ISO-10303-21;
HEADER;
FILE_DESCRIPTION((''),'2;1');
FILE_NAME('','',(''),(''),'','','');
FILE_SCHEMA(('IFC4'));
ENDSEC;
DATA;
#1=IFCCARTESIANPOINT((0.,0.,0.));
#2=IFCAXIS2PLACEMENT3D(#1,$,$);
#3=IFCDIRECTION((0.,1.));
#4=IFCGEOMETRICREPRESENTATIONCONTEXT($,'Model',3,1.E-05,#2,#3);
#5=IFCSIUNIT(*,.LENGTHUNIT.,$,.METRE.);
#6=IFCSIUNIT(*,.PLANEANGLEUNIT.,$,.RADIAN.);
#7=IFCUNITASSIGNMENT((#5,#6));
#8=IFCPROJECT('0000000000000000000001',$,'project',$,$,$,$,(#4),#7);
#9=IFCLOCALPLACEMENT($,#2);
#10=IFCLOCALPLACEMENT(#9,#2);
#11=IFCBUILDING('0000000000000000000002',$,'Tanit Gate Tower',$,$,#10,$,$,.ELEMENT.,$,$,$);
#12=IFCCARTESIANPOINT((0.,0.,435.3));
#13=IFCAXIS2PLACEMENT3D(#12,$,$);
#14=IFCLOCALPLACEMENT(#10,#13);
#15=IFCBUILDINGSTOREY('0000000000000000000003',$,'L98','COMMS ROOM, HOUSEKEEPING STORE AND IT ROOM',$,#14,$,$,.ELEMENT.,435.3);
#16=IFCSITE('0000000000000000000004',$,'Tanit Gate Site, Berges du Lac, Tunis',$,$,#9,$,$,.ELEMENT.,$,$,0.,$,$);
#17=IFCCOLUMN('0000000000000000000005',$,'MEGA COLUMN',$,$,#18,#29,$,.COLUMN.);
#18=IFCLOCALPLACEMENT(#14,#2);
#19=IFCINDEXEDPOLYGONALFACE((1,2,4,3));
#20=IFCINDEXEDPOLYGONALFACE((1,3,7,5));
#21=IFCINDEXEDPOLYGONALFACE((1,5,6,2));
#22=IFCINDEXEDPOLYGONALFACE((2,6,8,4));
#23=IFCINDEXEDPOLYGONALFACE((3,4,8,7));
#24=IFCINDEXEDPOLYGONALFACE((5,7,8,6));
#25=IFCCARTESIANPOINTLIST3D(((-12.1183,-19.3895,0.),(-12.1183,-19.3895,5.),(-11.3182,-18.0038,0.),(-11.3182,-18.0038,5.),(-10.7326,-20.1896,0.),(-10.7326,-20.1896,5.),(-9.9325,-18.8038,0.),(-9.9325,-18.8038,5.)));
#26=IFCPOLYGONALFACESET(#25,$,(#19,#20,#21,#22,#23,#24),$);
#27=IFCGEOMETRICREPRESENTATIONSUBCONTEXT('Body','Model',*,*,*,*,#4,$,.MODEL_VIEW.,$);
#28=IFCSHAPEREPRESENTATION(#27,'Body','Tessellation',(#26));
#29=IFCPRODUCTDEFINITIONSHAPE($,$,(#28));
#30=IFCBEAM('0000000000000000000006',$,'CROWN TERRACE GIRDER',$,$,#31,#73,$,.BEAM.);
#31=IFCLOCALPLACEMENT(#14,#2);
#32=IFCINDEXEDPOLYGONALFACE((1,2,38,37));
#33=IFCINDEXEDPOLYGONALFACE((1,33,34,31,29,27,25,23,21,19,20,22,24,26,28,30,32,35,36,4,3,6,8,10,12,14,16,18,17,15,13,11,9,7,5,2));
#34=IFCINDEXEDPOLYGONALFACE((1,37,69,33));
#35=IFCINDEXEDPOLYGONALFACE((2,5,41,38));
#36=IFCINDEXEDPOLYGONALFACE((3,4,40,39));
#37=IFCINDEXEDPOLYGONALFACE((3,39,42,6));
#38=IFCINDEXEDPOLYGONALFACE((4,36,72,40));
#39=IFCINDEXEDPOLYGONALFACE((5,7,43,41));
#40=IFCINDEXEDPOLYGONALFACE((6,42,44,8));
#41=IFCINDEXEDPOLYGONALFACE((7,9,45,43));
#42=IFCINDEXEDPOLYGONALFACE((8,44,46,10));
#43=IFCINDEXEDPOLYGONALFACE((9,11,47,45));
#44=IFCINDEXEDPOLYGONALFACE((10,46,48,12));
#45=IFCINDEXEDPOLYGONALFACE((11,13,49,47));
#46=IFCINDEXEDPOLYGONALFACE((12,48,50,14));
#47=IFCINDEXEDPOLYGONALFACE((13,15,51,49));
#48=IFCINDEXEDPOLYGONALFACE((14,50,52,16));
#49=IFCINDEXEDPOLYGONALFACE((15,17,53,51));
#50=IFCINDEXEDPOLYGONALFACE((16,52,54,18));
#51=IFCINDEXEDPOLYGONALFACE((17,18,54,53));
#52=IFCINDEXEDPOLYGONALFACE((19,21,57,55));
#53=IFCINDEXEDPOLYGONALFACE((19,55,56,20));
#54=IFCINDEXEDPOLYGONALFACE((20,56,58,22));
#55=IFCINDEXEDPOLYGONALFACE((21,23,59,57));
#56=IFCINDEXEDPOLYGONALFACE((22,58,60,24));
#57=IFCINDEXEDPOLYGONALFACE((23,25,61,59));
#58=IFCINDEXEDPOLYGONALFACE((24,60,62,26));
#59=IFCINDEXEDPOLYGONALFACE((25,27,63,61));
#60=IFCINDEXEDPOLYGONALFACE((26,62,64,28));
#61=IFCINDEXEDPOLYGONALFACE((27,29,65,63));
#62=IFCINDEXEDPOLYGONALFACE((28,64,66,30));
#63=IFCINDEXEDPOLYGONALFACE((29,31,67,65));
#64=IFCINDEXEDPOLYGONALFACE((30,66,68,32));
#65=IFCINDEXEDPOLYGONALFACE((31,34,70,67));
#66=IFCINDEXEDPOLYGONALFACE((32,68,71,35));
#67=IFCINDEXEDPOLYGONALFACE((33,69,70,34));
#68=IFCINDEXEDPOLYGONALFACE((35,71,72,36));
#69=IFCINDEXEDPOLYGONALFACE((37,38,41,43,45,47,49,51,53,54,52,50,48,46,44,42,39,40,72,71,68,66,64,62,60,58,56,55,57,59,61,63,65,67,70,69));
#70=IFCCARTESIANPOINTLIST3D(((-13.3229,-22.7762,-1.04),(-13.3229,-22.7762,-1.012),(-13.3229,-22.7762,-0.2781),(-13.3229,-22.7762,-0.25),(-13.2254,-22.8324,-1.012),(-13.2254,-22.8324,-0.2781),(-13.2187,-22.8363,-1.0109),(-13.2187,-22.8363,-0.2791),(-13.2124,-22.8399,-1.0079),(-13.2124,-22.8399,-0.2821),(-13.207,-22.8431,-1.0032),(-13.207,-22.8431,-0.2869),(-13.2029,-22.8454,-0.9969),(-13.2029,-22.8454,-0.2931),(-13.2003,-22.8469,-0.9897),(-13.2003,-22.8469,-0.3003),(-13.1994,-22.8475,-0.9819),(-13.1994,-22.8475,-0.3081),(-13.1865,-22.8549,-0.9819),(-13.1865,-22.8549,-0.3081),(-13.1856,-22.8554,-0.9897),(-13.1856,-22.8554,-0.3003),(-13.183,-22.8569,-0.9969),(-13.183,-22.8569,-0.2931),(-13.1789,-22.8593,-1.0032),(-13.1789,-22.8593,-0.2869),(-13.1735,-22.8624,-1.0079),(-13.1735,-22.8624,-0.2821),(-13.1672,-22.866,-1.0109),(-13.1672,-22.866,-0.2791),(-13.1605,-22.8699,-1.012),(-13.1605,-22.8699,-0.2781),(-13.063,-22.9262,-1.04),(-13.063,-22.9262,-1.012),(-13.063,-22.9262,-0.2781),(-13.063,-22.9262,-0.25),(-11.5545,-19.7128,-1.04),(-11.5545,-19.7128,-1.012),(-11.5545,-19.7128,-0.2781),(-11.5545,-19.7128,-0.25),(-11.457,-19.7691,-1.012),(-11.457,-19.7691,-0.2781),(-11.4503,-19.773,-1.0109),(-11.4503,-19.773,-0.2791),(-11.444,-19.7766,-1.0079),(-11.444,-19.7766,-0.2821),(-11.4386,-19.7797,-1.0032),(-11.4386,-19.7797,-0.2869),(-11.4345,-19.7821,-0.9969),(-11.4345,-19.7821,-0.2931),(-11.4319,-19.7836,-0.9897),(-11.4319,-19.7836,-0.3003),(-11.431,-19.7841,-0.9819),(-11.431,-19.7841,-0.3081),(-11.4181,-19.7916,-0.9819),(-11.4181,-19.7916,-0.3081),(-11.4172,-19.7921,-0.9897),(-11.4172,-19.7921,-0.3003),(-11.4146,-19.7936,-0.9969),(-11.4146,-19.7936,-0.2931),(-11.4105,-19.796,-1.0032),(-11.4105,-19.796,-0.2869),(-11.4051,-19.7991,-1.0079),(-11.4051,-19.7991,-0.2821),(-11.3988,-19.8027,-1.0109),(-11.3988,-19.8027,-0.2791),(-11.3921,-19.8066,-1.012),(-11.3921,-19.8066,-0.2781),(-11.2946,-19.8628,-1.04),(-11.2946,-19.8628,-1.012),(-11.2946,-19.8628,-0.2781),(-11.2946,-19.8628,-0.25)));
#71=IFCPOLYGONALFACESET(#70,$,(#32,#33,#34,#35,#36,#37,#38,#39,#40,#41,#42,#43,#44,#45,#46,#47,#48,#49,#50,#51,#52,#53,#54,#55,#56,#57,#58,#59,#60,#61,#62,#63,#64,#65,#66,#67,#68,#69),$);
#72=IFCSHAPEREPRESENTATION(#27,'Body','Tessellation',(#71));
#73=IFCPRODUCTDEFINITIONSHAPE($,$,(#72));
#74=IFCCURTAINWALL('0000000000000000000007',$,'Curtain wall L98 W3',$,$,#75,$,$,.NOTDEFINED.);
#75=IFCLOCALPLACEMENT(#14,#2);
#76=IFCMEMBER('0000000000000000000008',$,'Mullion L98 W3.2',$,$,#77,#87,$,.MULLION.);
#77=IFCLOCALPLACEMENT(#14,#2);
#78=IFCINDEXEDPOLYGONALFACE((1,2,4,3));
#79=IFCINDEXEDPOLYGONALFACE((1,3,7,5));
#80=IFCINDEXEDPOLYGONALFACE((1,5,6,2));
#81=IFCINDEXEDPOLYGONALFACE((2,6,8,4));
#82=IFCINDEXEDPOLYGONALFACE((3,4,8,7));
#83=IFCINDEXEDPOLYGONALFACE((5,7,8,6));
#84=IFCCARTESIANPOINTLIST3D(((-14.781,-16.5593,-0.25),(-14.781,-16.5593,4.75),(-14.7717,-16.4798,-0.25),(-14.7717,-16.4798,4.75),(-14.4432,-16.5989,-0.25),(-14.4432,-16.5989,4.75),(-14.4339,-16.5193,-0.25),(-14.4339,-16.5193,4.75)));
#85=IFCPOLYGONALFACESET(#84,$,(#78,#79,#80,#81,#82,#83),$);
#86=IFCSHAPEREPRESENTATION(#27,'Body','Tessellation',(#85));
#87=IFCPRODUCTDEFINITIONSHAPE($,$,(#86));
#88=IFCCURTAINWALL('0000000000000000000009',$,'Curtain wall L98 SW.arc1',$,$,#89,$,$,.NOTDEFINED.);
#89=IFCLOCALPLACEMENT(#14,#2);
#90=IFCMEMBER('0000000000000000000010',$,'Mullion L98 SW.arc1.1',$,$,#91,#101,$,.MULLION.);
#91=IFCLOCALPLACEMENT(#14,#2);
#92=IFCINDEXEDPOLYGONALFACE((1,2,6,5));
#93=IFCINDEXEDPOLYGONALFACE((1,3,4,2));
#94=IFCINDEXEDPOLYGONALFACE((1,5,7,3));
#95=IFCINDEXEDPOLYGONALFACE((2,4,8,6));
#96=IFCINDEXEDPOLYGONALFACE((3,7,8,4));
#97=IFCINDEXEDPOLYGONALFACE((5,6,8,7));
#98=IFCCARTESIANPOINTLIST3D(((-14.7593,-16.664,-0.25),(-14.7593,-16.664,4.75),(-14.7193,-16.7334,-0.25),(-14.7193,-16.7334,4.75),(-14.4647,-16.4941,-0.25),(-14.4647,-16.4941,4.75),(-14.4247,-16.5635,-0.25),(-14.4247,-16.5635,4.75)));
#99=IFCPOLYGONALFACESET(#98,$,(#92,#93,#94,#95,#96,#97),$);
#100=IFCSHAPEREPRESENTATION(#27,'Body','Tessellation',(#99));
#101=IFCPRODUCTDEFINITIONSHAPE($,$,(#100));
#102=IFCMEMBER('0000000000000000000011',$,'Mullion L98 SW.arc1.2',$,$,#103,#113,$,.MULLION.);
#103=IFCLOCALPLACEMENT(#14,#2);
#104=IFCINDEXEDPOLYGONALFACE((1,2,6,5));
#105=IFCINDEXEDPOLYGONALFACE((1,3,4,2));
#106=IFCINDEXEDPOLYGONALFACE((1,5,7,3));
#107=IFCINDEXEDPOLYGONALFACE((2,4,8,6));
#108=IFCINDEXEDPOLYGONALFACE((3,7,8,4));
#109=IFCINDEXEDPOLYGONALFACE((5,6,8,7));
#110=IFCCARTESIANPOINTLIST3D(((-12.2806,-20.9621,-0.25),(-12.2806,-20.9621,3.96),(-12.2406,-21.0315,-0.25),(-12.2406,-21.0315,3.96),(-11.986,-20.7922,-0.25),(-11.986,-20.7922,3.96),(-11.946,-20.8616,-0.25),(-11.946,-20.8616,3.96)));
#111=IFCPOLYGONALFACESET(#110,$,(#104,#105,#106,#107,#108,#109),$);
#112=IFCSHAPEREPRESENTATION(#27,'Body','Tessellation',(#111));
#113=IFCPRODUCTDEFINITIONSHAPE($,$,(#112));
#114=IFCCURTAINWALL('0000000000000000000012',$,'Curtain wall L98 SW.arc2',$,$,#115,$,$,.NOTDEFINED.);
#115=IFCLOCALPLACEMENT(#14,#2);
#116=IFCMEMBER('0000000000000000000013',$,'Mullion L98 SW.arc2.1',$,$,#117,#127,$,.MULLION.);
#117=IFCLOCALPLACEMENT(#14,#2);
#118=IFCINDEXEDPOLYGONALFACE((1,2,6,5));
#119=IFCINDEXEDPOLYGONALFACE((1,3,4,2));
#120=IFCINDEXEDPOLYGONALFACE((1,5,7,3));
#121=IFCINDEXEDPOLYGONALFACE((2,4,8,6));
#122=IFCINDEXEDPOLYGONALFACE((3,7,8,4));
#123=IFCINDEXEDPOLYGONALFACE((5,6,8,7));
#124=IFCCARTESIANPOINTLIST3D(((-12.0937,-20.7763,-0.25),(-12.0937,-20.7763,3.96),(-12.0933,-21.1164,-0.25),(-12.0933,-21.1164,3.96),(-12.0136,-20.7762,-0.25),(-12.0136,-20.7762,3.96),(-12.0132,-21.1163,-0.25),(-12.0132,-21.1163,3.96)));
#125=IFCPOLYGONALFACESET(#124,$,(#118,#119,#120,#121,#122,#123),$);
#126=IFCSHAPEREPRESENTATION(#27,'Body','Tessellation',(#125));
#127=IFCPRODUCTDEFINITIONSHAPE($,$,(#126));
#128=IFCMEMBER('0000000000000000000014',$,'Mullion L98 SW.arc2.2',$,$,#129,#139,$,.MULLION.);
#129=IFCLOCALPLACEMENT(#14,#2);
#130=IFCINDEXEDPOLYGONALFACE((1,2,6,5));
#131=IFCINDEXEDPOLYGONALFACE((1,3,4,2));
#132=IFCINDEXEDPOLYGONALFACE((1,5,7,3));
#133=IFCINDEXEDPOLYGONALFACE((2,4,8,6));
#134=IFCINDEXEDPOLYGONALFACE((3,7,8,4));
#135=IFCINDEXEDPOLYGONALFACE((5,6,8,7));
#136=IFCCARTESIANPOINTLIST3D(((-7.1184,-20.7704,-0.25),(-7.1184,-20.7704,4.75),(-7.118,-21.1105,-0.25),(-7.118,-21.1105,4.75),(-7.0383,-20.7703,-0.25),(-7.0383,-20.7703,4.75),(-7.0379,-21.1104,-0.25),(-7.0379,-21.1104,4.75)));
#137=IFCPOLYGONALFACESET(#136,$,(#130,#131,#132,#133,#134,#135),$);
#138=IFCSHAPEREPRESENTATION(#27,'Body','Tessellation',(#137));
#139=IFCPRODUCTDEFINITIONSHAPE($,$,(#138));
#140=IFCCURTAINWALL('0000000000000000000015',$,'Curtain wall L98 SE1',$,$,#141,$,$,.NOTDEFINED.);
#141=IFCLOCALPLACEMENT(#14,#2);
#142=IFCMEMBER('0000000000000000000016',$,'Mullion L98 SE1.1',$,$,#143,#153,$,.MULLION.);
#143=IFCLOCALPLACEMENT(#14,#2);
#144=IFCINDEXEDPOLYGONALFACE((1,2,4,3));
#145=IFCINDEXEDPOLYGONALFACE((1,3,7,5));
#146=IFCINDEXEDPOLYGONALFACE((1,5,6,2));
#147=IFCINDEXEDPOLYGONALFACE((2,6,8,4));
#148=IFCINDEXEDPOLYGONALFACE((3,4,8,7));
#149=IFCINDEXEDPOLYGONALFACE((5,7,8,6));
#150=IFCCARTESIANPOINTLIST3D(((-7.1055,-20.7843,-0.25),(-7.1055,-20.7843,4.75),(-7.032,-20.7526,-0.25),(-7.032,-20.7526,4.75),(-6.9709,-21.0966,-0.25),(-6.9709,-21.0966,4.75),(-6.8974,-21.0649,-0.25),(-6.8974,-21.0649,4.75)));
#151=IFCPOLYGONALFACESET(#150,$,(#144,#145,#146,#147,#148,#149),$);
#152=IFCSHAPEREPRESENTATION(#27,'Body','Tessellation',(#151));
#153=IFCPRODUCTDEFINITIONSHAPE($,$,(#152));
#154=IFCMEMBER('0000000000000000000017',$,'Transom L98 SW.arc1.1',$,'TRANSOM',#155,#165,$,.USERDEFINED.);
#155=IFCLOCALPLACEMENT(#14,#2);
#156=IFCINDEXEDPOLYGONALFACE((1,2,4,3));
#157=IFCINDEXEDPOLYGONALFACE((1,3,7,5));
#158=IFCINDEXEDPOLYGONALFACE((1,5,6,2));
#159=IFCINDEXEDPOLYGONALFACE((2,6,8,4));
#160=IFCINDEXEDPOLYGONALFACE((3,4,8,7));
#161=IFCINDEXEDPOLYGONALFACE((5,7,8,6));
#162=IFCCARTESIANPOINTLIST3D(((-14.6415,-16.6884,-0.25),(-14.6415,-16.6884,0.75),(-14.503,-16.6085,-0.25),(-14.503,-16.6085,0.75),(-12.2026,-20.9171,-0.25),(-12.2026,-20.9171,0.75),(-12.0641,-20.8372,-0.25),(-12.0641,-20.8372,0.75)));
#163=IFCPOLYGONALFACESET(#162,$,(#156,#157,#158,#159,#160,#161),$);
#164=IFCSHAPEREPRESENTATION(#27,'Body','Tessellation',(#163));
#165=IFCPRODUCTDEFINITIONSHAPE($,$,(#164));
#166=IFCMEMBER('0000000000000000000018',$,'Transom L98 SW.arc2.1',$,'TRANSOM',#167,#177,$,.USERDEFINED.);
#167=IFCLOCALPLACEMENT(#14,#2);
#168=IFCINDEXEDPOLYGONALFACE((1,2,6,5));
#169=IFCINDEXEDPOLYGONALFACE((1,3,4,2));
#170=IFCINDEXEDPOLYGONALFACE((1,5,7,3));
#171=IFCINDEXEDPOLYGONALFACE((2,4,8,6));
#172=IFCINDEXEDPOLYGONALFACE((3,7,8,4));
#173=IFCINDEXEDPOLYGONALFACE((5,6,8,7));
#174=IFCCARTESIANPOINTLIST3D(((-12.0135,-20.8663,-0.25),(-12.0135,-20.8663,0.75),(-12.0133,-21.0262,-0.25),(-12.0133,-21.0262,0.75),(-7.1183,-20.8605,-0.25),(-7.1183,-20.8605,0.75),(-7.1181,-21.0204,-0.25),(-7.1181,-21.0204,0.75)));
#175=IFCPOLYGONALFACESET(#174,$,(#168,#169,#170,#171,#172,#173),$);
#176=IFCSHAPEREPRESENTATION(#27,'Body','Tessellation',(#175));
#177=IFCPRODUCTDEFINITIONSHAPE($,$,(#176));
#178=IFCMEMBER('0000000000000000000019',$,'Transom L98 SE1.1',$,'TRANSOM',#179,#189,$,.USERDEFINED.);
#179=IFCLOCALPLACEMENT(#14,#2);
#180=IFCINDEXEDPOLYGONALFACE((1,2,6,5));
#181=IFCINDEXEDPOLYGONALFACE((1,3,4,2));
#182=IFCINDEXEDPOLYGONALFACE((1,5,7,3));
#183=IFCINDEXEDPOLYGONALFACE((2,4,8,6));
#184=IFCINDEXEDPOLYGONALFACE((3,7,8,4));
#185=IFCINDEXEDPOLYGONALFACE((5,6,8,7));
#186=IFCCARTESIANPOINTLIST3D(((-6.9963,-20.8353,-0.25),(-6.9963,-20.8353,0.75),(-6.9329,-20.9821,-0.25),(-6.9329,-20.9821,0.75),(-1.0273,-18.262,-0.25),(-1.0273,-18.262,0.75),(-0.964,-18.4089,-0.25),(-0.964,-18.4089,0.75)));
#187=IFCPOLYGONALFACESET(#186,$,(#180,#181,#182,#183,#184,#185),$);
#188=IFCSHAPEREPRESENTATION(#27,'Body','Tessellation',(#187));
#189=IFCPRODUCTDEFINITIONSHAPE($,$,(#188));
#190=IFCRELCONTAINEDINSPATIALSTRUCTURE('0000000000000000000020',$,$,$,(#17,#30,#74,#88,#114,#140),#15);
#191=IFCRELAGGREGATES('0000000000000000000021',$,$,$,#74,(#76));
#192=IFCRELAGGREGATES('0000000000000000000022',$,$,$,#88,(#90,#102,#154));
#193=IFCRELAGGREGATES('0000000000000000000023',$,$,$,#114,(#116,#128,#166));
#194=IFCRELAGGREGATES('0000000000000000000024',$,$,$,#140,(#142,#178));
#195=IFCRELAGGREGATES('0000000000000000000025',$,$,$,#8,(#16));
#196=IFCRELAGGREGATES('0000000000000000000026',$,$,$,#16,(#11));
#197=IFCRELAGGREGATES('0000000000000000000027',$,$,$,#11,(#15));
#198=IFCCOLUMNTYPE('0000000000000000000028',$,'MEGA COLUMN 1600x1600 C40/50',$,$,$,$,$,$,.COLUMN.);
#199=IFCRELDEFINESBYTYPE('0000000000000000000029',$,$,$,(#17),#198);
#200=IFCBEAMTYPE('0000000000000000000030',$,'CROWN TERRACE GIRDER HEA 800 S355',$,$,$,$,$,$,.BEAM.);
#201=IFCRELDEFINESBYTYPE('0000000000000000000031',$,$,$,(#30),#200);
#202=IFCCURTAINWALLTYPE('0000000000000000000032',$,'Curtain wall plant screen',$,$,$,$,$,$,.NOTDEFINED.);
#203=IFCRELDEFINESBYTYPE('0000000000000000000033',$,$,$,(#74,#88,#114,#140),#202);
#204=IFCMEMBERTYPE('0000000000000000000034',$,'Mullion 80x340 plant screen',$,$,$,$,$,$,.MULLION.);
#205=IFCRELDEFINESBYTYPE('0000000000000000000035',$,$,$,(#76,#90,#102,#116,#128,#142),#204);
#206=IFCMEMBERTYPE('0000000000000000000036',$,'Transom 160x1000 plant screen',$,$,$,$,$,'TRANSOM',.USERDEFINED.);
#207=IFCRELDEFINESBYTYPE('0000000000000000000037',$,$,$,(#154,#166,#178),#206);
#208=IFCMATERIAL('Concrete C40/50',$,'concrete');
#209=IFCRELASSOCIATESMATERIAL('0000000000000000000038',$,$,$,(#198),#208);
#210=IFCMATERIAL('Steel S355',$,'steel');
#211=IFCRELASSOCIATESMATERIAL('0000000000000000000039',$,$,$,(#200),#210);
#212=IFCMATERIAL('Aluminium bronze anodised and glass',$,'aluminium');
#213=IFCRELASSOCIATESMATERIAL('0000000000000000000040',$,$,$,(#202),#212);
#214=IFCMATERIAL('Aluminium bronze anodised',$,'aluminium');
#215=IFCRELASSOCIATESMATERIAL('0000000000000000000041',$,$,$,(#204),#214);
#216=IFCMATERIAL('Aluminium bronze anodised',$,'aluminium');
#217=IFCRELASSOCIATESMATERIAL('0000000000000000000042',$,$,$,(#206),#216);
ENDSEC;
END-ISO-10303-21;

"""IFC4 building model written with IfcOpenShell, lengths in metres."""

from ifc_helpers import new_model, si_unit, direction, frame, origin, origin_2d, place, context, subcontext, project, spatial, rectangle, i_section, extrude, material, material_profile, profile_set, type_object, element, aggregate, save


model = new_model("IFC4")

# Units and contexts
model_context = context("Model", 3, precision=1e-05, world=origin(), true_north=direction((0.0, 1.0)))
body_context = subcontext(model_context, "Body", "Model", "MODEL_VIEW")
ifc_project = project(units=[si_unit("LENGTHUNIT", "METRE"), si_unit("PLANEANGLEUNIT", "RADIAN")], contexts=[model_context])

# Site, building, storey
site_placement = place(None, origin())
site = spatial("IfcSite", under=ifc_project, at=site_placement, Name="Tanit Gate Site, Berges du Lac, Tunis", CompositionType="ELEMENT", RefElevation=0.0)
building_placement = place(site_placement, origin())
building = spatial("IfcBuilding", under=site, at=building_placement, Name="Tanit Gate Tower", CompositionType="ELEMENT")
storey_placement = place(building_placement, frame((0.0, 0.0, 435.3)))
storey = spatial("IfcBuildingStorey", under=building, at=storey_placement, Name="L98", Description="COMMS ROOM, HOUSEKEEPING STORE AND IT ROOM", CompositionType="ELEMENT", Elevation=435.3)

# Column
ifc_material_1 = material(Name="Concrete C40/50", Category="concrete")
ifc_material_profile_1 = material_profile(ifc_material_1, rectangle(XDim=1.6001, YDim=1.6001, at=origin_2d()), Name="RC 1600x1600")
ifc_profile_set_1 = profile_set([ifc_material_profile_1], Name="Concrete C40/50")
column_type = type_object("IfcColumnType", Name="MEGA COLUMN 1600x1600 C40/50", PredefinedType="COLUMN", material=ifc_profile_set_1)
column_placement = place(storey_placement, frame((-11.0254, -19.0967, 0.0), z_axis=(0.0, 0.0, 1.0), x_axis=(-0.5, -0.866025, 0.0)))
element("IfcColumn", 1, at=column_placement, inside=storey, type_object=column_type, Name="MEGA COLUMN", PredefinedType="COLUMN", context=body_context, shape_type="SweptSolid", body=[
    extrude(rectangle(XDim=1.6001, YDim=1.6001, at=origin_2d()), origin(), (0.0, 0.0, 1.0), 5.0),
])

# Beam
ifc_material_2 = material(Name="Steel S355", Category="steel")
ifc_material_profile_2 = material_profile(ifc_material_2, i_section(OverallWidth=0.3, OverallDepth=0.79, WebThickness=0.0149, FlangeThickness=0.0281, FilletRadius=0.03, at=origin_2d()), Name="HEA 800")
ifc_profile_set_2 = profile_set([ifc_material_profile_2], Name="Steel S355")
beam_type = type_object("IfcBeamType", Name="CROWN TERRACE GIRDER HEA 800 S355", PredefinedType="BEAM", material=ifc_profile_set_2)
beam_placement = place(storey_placement, frame((-11.4246, -19.7878, -0.645), z_axis=(-0.499948, -0.866056, 0.0), x_axis=(0.866056, -0.499948, 0.0)))
element("IfcBeam", 2, at=beam_placement, inside=storey, type_object=beam_type, Name="CROWN TERRACE GIRDER", PredefinedType="BEAM", context=body_context, shape_type="SweptSolid", body=[
    extrude(i_section(OverallWidth=0.3, OverallDepth=0.79, WebThickness=0.0149, FlangeThickness=0.0281, FilletRadius=0.03, at=origin_2d()), origin(), (0.0, 0.0, 1.0), 3.5371),
])

# Curtain wall, member
ifc_material_3 = material(Name="Aluminium bronze anodised and glass", Category="aluminium")
curtain_wall_type = type_object("IfcCurtainWallType", Name="Curtain wall plant screen", PredefinedType="NOTDEFINED", material=ifc_material_3)
curtain_wall_1_placement = place(storey_placement, origin())
curtain_wall_1 = element("IfcCurtainWall", 3, at=curtain_wall_1_placement, inside=storey, type_object=curtain_wall_type, Name="Curtain wall L98 W3", PredefinedType="NOTDEFINED")
ifc_material_4 = material(Name="Aluminium bronze anodised", Category="aluminium")
ifc_material_profile_3 = material_profile(ifc_material_4, rectangle(XDim=0.3401, YDim=0.0801, at=origin_2d()), Name="80x340 bronze mullion")
ifc_profile_set_3 = profile_set([ifc_material_profile_3], Name="Aluminium bronze anodised")
member_type_1 = type_object("IfcMemberType", Name="Mullion 80x340 plant screen", PredefinedType="MULLION", material=ifc_profile_set_3)
member_1_placement = place(storey_placement, frame((-14.6074, -16.5393, -0.25), z_axis=(0.0, 0.0, 1.0), x_axis=(0.993212, -0.116318, 0.0)))
member_1 = element("IfcMember", 4, at=member_1_placement, type_object=member_type_1, Name="Mullion L98 W3.2", PredefinedType="MULLION", context=body_context, shape_type="SweptSolid", body=[
    extrude(rectangle(XDim=0.3401, YDim=0.0801, at=origin_2d()), origin(), (0.0, 0.0, 1.0), 5.0),
])

# Curtain walls, members
curtain_wall_2_placement = place(storey_placement, origin())
curtain_wall_2 = element("IfcCurtainWall", 5, at=curtain_wall_2_placement, inside=storey, type_object=curtain_wall_type, Name="Curtain wall L98 SW.arc1", PredefinedType="NOTDEFINED")
member_2_placement = place(storey_placement, frame((-14.592, -16.6138, -0.25), z_axis=(0.0, 0.0, 1.0), x_axis=(0.866261, 0.499592, 0.0)))
member_2 = element("IfcMember", 6, at=member_2_placement, type_object=member_type_1, Name="Mullion L98 SW.arc1.1", PredefinedType="MULLION", context=body_context, shape_type="SweptSolid", body=[
    extrude(rectangle(XDim=0.3401, YDim=0.0801, at=origin_2d()), origin(), (0.0, 0.0, 1.0), 5.0),
])
member_3_placement = place(storey_placement, frame((-12.1133, -20.9119, -0.25), z_axis=(0.0, 0.0, 1.0), x_axis=(0.866261, 0.499592, 0.0)))
member_3 = element("IfcMember", 7, at=member_3_placement, type_object=member_type_1, Name="Mullion L98 SW.arc1.2", PredefinedType="MULLION", context=body_context, shape_type="SweptSolid", body=[
    extrude(rectangle(XDim=0.3401, YDim=0.0801, at=origin_2d()), origin(), (0.0, 0.0, 1.0), 4.21),
])
curtain_wall_3_placement = place(storey_placement, origin())
curtain_wall_3 = element("IfcCurtainWall", 8, at=curtain_wall_3_placement, inside=storey, type_object=curtain_wall_type, Name="Curtain wall L98 SW.arc2", PredefinedType="NOTDEFINED")
member_4_placement = place(storey_placement, frame((-12.0535, -20.9463, -0.25), z_axis=(0.0, 0.0, 1.0), x_axis=(-0.001199, 0.999999, 0.0)))
member_4 = element("IfcMember", 9, at=member_4_placement, type_object=member_type_1, Name="Mullion L98 SW.arc2.1", PredefinedType="MULLION", context=body_context, shape_type="SweptSolid", body=[
    extrude(rectangle(XDim=0.3401, YDim=0.0801, at=origin_2d()), origin(), (0.0, 0.0, 1.0), 4.21),
])
member_5_placement = place(storey_placement, frame((-7.0781, -20.9404, -0.25), z_axis=(0.0, 0.0, 1.0), x_axis=(-0.001199, 0.999999, 0.0)))
member_5 = element("IfcMember", 10, at=member_5_placement, type_object=member_type_1, Name="Mullion L98 SW.arc2.2", PredefinedType="MULLION", context=body_context, shape_type="SweptSolid", body=[
    extrude(rectangle(XDim=0.3401, YDim=0.0801, at=origin_2d()), origin(), (0.0, 0.0, 1.0), 5.0),
])

# Curtain wall, member
curtain_wall_4_placement = place(storey_placement, origin())
curtain_wall_4 = element("IfcCurtainWall", 11, at=curtain_wall_4_placement, inside=storey, type_object=curtain_wall_type, Name="Curtain wall L98 SE1", PredefinedType="NOTDEFINED")
member_6_placement = place(storey_placement, frame((-7.0015, -20.9246, -0.25), z_axis=(0.0, 0.0, 1.0), x_axis=(-0.395871, 0.918306, 0.0)))
member_6 = element("IfcMember", 12, at=member_6_placement, type_object=member_type_1, Name="Mullion L98 SE1.1", PredefinedType="MULLION", context=body_context, shape_type="SweptSolid", body=[
    extrude(rectangle(XDim=0.3401, YDim=0.0801, at=origin_2d()), origin(), (0.0, 0.0, 1.0), 5.0),
])

# Members
ifc_material_5 = material(Name="Aluminium bronze anodised", Category="aluminium")
ifc_material_profile_4 = material_profile(ifc_material_5, rectangle(XDim=0.1599, YDim=1.0, at=origin_2d()), Name="160x1000 bronze transom")
ifc_profile_set_4 = profile_set([ifc_material_profile_4], Name="Aluminium bronze anodised")
member_type_2 = type_object("IfcMemberType", Name="Transom 160x1000 plant screen", ElementType="TRANSOM", PredefinedType="USERDEFINED", material=ifc_profile_set_4)
member_7_placement = place(storey_placement, frame((-14.5723, -16.6484, 0.25), z_axis=(0.499614, -0.866248, 0.0), x_axis=(0.866248, 0.499614, 0.0)))
member_7 = element("IfcMember", 13, at=member_7_placement, type_object=member_type_2, Name="Transom L98 SW.arc1.1", ObjectType="TRANSOM", PredefinedType="USERDEFINED", context=body_context, shape_type="SweptSolid", body=[
    extrude(rectangle(XDim=0.1599, YDim=1.0, at=origin_2d()), origin(), (0.0, 0.0, 1.0), 4.8816),
])
member_8_placement = place(storey_placement, frame((-12.0134, -20.9463, 0.25), z_axis=(0.999999, 0.001197, 0.0), x_axis=(-0.001197, 0.999999, 0.0)))
member_8 = element("IfcMember", 14, at=member_8_placement, type_object=member_type_2, Name="Transom L98 SW.arc2.1", ObjectType="TRANSOM", PredefinedType="USERDEFINED", context=body_context, shape_type="SweptSolid", body=[
    extrude(rectangle(XDim=0.1599, YDim=1.0, at=origin_2d()), origin(), (0.0, 0.0, 1.0), 4.8953),
])
member_9_placement = place(storey_placement, frame((-6.9646, -20.9087, 0.25), z_axis=(0.918302, 0.395881, 0.0), x_axis=(-0.395881, 0.918302, 0.0)))
member_9 = element("IfcMember", 15, at=member_9_placement, type_object=member_type_2, Name="Transom L98 SE1.1", ObjectType="TRANSOM", PredefinedType="USERDEFINED", context=body_context, shape_type="SweptSolid", body=[
    extrude(rectangle(XDim=0.1599, YDim=1.0, at=origin_2d()), origin(), (0.0, 0.0, 1.0), 6.5),
])

aggregate(curtain_wall_1, [member_1])
aggregate(curtain_wall_2, [member_2, member_3, member_7])
aggregate(curtain_wall_3, [member_4, member_5, member_8])
aggregate(curtain_wall_4, [member_6, member_9])

save(model, "model.ifc")
